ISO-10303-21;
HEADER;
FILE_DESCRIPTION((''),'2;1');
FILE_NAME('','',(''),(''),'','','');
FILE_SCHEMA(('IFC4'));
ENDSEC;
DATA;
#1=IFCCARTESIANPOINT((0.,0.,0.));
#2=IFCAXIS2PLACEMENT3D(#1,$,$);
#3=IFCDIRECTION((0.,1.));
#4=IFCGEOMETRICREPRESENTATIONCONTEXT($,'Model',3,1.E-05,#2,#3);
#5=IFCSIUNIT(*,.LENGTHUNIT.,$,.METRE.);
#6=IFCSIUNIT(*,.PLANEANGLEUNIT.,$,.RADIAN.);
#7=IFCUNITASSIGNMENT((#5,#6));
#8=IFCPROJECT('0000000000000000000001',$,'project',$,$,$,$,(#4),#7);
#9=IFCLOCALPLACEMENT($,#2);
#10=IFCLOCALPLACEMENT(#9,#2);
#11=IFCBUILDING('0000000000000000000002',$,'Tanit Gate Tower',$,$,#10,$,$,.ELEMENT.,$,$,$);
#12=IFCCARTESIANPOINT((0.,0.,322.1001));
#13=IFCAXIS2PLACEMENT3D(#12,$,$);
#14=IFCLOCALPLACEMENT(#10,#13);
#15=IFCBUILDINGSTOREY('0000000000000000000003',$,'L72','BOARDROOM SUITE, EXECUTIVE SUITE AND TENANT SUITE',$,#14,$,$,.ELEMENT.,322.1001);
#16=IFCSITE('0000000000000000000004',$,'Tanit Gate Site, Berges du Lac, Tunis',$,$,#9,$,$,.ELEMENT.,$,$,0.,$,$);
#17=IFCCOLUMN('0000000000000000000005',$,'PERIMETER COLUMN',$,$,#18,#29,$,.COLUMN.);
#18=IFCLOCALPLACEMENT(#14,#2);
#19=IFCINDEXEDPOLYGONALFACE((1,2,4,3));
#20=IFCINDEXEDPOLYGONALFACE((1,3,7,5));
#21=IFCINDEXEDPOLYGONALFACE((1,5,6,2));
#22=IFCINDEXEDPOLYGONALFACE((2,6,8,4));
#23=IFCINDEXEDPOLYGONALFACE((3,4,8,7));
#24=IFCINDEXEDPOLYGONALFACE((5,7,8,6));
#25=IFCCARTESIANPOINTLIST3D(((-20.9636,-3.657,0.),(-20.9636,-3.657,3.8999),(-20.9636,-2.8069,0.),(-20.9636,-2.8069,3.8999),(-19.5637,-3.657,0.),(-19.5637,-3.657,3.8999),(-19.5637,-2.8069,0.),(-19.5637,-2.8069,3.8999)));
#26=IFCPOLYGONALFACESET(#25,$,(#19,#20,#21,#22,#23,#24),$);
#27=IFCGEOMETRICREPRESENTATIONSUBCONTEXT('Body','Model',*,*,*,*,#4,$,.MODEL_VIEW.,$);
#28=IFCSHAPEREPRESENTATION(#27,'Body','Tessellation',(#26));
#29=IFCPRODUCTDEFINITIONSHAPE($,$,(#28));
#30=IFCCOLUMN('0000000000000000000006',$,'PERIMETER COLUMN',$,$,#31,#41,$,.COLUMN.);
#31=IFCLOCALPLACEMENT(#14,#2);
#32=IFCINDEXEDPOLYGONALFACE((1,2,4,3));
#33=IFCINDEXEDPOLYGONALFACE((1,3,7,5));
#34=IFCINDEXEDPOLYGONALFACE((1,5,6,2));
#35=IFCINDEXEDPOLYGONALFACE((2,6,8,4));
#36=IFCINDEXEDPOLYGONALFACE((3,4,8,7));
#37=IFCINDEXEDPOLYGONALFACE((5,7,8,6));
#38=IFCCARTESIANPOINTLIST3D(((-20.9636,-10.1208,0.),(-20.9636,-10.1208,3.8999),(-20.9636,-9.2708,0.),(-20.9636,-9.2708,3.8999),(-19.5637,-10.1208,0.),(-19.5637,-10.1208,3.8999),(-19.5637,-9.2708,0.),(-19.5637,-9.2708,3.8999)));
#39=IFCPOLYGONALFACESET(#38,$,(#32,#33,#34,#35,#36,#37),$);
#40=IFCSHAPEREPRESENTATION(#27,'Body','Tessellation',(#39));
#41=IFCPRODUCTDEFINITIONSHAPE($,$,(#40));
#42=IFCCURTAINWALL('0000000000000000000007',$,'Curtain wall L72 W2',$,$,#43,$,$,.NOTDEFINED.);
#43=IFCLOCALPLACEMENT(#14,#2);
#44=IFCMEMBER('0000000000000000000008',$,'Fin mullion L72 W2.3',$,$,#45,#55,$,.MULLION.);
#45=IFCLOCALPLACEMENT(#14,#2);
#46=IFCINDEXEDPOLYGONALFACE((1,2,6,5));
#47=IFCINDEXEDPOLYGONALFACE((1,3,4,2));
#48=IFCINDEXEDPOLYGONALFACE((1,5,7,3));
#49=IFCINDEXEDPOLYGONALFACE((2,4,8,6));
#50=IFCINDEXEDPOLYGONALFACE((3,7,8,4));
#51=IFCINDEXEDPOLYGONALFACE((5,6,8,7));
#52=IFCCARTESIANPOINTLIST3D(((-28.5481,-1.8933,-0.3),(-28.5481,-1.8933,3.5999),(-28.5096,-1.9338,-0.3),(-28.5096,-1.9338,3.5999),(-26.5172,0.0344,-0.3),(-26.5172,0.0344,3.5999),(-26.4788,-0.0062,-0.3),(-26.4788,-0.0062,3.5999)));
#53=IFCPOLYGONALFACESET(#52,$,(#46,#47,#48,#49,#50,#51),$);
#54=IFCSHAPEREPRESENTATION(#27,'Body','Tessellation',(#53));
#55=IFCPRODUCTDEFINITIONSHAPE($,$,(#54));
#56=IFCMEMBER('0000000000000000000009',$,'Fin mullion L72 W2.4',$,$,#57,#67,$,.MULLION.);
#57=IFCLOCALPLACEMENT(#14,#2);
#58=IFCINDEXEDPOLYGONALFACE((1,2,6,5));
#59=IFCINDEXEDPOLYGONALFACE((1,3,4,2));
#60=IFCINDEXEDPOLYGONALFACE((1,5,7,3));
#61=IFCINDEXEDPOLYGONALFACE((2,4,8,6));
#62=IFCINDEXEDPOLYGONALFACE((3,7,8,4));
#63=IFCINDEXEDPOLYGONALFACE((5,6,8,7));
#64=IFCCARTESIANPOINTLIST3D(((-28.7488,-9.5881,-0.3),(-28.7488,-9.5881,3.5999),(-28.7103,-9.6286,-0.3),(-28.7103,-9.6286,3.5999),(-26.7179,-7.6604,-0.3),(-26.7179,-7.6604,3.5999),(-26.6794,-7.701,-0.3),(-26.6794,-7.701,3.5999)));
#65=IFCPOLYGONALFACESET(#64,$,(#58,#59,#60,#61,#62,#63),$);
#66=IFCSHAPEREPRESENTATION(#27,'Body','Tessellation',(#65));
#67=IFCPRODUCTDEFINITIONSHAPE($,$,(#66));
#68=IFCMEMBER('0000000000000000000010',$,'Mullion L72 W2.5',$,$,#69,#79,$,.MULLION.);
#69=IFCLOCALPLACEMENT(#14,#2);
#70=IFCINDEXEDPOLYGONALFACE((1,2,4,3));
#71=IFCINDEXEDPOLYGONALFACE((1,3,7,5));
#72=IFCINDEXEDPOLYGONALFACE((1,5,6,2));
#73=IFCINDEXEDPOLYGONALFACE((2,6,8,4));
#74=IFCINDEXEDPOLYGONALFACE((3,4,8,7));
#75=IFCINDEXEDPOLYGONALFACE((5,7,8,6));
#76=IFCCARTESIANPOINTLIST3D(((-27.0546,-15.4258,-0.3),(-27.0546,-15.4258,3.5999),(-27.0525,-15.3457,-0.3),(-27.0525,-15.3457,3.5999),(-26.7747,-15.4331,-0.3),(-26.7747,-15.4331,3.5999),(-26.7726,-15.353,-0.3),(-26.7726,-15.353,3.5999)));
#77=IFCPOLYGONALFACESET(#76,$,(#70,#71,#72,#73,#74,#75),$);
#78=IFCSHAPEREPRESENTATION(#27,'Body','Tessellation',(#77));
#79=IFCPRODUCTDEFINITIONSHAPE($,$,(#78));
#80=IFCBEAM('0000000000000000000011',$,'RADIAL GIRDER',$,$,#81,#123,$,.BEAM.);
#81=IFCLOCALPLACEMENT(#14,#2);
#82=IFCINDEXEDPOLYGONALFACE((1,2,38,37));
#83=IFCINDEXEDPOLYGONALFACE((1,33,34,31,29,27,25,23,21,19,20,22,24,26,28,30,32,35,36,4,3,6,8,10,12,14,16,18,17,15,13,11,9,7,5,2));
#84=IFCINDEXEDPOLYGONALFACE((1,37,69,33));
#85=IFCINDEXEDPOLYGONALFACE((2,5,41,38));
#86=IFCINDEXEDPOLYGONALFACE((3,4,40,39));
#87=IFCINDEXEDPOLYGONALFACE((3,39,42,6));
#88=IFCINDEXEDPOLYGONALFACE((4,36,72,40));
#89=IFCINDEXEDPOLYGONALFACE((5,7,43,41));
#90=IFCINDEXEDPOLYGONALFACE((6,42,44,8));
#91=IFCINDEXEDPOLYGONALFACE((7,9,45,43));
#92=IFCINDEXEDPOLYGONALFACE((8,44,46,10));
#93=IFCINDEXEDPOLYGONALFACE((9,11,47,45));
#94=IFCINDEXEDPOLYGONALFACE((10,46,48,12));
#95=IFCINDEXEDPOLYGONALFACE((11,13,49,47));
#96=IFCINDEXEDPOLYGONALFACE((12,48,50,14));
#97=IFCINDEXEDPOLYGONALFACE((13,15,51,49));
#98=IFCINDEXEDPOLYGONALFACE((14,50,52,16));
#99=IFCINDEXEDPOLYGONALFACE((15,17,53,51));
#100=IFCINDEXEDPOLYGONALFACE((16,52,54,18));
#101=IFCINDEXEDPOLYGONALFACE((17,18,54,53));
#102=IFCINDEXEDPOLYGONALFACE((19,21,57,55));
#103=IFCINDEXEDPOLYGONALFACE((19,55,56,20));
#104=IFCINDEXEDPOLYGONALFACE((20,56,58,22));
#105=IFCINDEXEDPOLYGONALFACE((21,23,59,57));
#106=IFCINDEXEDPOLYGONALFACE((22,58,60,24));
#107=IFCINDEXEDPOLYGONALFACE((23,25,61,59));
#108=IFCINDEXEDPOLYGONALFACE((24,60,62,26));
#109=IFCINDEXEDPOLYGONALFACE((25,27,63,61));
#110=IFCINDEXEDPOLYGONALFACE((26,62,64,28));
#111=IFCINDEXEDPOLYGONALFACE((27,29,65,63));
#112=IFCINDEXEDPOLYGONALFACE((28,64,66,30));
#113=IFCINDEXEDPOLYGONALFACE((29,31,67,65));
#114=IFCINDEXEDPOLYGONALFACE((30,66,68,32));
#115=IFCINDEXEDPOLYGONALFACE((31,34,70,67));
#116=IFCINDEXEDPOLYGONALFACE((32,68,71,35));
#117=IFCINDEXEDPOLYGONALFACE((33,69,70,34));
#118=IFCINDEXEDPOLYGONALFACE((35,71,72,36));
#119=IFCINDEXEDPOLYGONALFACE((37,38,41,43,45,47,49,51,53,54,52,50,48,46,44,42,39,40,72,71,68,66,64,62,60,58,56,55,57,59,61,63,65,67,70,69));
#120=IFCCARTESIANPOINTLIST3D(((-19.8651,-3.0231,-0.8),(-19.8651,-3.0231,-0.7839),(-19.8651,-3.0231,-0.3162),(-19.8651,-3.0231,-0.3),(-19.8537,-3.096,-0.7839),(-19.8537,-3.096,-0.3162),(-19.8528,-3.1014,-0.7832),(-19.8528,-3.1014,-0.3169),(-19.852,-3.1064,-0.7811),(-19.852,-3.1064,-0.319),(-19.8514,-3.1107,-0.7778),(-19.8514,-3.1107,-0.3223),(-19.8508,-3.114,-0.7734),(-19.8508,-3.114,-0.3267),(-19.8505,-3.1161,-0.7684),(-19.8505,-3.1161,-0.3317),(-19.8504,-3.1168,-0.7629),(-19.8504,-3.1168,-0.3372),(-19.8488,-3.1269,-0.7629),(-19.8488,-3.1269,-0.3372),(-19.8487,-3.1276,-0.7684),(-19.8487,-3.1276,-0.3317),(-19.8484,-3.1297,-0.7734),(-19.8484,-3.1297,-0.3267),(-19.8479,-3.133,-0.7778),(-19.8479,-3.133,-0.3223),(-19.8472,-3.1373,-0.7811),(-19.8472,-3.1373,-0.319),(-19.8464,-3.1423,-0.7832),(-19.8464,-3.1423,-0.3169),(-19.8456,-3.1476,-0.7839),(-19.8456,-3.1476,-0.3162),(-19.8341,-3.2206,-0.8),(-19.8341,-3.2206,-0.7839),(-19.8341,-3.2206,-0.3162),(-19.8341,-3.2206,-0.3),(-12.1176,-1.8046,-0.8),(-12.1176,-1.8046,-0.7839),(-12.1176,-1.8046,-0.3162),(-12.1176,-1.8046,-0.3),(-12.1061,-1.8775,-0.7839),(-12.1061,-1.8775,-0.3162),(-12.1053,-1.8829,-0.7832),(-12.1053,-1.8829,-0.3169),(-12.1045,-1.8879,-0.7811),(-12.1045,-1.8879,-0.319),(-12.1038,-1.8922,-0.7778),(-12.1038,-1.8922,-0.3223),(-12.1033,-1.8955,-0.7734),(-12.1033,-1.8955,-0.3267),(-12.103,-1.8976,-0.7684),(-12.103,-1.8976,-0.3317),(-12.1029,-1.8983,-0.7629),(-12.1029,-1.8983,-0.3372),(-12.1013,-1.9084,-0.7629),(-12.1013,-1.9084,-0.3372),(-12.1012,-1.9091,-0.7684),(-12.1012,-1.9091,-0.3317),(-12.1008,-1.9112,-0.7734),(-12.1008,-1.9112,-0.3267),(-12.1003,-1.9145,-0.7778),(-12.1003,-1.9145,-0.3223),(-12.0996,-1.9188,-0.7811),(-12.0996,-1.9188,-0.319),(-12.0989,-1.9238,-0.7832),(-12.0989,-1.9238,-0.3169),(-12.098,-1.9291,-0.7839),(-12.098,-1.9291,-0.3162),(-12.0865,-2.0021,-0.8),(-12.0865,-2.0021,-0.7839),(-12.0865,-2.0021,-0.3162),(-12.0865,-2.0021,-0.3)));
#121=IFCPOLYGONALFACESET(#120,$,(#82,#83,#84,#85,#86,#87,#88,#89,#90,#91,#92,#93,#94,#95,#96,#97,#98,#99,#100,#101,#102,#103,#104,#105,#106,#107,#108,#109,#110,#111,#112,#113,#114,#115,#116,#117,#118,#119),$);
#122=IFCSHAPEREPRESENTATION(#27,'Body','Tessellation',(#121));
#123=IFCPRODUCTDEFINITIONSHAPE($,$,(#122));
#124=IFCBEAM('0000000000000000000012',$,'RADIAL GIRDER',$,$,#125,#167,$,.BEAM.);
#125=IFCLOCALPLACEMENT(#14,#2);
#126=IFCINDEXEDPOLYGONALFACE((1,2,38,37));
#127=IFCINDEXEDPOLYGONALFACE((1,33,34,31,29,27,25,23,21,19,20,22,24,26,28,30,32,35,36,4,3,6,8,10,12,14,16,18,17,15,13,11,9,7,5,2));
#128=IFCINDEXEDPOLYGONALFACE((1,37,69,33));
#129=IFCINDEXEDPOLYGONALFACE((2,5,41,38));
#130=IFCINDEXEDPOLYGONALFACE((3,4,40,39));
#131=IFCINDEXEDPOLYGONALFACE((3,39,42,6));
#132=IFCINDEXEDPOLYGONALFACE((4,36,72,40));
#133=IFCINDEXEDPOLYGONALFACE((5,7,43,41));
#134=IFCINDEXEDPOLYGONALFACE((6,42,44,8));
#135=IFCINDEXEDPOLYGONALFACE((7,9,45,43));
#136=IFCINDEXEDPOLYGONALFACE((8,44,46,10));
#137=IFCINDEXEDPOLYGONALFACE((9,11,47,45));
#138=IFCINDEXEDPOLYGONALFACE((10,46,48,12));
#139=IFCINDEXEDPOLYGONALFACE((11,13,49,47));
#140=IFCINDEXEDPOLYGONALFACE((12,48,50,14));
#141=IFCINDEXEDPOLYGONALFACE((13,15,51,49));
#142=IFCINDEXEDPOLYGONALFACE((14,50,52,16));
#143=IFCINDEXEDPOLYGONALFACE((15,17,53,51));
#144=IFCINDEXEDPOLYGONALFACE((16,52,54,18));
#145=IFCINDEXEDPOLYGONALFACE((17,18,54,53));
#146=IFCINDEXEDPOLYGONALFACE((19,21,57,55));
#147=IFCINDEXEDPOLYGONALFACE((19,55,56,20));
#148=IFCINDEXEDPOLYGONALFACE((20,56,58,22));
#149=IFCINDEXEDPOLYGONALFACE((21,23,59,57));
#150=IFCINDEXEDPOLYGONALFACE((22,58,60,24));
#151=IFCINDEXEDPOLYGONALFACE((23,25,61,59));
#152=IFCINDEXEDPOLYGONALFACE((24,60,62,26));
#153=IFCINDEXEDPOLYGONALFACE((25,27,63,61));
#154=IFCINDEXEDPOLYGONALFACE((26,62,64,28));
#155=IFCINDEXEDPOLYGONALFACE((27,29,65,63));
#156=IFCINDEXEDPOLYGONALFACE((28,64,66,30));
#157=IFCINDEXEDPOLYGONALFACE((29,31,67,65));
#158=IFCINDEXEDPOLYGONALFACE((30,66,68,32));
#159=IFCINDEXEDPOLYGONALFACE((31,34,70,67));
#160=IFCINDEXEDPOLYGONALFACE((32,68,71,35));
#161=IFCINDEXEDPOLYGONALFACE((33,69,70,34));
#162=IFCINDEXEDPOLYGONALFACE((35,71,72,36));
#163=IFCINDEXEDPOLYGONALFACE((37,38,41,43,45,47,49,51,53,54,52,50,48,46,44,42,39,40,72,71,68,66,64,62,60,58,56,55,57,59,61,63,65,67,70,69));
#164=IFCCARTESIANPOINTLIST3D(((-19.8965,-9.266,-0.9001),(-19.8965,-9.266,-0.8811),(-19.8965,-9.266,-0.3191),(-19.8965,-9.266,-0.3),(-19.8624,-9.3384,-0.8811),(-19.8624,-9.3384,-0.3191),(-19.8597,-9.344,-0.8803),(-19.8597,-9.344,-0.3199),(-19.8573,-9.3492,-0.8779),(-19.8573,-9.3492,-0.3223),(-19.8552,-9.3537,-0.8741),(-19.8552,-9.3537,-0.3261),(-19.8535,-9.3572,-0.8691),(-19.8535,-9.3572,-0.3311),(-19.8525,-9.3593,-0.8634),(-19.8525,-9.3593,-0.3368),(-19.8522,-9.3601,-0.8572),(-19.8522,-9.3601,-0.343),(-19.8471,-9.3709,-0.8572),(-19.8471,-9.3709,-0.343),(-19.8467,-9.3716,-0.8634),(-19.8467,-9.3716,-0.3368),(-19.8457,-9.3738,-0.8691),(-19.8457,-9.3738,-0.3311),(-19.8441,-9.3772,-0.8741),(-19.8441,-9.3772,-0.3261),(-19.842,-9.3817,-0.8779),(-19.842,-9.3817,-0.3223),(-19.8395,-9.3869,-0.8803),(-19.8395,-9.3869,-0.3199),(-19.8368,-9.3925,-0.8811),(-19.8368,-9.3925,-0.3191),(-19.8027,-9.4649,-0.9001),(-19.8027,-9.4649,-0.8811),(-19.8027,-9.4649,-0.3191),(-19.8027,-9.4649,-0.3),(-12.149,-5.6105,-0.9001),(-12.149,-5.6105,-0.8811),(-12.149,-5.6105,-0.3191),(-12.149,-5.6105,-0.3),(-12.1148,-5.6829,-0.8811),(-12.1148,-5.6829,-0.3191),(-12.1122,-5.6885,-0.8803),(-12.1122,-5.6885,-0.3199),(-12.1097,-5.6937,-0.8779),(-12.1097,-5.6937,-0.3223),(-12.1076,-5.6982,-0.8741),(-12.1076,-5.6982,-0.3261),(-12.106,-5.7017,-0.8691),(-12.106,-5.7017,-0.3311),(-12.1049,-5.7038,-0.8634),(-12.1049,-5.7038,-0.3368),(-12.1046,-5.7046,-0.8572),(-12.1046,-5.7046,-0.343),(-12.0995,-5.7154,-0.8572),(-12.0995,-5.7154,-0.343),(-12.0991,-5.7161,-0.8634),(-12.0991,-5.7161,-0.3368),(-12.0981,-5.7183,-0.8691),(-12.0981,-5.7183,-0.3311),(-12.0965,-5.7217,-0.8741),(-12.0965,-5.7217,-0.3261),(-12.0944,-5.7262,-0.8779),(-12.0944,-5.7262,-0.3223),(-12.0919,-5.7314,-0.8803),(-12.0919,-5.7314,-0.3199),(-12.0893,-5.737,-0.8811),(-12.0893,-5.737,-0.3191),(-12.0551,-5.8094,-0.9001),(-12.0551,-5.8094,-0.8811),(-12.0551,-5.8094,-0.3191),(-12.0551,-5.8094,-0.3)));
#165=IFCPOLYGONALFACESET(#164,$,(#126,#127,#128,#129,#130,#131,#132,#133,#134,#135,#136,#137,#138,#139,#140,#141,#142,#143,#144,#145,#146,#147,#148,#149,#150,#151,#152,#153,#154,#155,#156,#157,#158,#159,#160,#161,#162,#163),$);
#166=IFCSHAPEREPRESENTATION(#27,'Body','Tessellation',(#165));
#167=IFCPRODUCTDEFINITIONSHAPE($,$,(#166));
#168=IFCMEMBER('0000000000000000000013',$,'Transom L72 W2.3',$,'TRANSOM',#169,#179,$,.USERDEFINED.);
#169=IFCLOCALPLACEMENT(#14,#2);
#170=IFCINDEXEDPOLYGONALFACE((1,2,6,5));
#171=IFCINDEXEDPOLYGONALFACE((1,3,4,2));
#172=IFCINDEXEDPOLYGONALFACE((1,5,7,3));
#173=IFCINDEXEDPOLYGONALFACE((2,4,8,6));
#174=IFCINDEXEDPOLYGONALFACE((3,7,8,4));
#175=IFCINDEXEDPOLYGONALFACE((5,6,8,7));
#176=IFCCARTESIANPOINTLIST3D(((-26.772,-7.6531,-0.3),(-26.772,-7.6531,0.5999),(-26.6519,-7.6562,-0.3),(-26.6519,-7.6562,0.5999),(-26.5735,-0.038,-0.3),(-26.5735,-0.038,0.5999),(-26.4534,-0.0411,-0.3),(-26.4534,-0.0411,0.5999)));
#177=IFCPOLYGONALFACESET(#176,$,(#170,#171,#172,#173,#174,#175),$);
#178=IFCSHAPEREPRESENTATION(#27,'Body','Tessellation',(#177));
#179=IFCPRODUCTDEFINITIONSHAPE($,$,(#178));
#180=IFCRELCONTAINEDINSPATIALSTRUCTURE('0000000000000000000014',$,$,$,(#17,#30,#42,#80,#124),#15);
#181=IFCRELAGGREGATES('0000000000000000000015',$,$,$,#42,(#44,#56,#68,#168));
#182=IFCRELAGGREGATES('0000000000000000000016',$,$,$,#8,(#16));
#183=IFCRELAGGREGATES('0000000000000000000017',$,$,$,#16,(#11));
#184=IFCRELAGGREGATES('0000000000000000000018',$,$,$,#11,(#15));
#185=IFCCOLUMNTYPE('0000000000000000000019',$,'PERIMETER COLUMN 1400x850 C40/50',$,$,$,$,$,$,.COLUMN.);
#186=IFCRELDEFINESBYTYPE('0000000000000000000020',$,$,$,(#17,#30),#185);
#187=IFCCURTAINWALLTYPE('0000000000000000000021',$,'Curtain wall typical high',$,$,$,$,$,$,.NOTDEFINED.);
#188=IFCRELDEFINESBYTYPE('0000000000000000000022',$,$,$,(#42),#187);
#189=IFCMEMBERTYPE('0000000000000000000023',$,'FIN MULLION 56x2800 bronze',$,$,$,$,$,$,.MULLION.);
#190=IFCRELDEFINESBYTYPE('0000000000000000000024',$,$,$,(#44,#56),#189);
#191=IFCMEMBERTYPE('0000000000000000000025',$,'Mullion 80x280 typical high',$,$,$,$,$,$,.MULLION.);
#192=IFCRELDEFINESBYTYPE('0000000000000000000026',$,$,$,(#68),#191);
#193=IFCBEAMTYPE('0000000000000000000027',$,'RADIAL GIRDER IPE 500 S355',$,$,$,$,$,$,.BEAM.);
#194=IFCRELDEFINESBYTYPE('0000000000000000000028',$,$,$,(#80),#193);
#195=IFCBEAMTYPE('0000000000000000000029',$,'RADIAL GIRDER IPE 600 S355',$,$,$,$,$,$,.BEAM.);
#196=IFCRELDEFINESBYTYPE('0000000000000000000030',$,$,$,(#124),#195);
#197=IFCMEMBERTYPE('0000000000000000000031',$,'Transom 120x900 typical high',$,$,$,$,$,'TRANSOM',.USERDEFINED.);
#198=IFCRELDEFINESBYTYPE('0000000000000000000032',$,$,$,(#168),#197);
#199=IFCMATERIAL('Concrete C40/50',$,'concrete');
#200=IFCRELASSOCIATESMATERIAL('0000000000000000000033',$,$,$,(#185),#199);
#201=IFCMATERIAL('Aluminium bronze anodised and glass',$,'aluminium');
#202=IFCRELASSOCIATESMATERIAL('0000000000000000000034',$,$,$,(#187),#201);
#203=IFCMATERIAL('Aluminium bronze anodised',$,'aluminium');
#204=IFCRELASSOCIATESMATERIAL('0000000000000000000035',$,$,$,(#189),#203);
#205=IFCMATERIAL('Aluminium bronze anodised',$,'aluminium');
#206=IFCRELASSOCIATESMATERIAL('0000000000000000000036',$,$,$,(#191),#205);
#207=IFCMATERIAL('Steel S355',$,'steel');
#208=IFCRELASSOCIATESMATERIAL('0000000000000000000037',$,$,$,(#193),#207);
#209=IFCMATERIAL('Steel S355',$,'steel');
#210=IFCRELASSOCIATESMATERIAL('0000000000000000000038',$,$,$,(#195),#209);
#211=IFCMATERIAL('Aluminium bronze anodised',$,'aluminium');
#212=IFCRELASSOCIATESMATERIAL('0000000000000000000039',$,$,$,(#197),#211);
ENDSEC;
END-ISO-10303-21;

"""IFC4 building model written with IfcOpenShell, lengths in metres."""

from ifc_helpers import new_model, si_unit, direction, frame, origin, origin_2d, place, context, subcontext, project, spatial, rectangle, i_section, extrude, material, material_profile, profile_set, type_object, element, aggregate, save


model = new_model("IFC4")

# Units and contexts
model_context = context("Model", 3, precision=1e-05, world=origin(), true_north=direction((0.0, 1.0)))
body_context = subcontext(model_context, "Body", "Model", "MODEL_VIEW")
ifc_project = project(units=[si_unit("LENGTHUNIT", "METRE"), si_unit("PLANEANGLEUNIT", "RADIAN")], contexts=[model_context])

# Site, building, storey
site_placement = place(None, origin())
site = spatial("IfcSite", under=ifc_project, at=site_placement, Name="Tanit Gate Site, Berges du Lac, Tunis", CompositionType="ELEMENT", RefElevation=0.0)
building_placement = place(site_placement, origin())
building = spatial("IfcBuilding", under=site, at=building_placement, Name="Tanit Gate Tower", CompositionType="ELEMENT")
storey_placement = place(building_placement, frame((0.0, 0.0, 322.1001)))
storey = spatial("IfcBuildingStorey", under=building, at=storey_placement, Name="L72", Description="BOARDROOM SUITE, EXECUTIVE SUITE AND TENANT SUITE", CompositionType="ELEMENT", Elevation=322.1001)

# Columns
ifc_material_1 = material(Name="Concrete C40/50", Category="concrete")
ifc_material_profile_1 = material_profile(ifc_material_1, rectangle(XDim=1.3999, YDim=0.8501, at=origin_2d()), Name="RC 1400x850")
ifc_profile_set_1 = profile_set([ifc_material_profile_1], Name="Concrete C40/50")
column_type = type_object("IfcColumnType", Name="PERIMETER COLUMN 1400x850 C40/50", PredefinedType="COLUMN", material=ifc_profile_set_1)
for number, where, z_axis, x_axis, name in (
    (1, (-20.2637, -3.2319, 0.0), (0.0, 0.0, 1.0), (-1.0, 0.0, 0.0), "PERIMETER COLUMN"),
    (2, (-20.2637, -9.6958, 0.0), (0.0, 0.0, 1.0), (-1.0, 0.0, 0.0), "PERIMETER COLUMN"),
):
    element("IfcColumn", number, at=place(storey_placement, frame(where, z_axis=z_axis, x_axis=x_axis)), inside=storey, type_object=column_type, Name=name, PredefinedType="COLUMN", context=body_context, shape_type="SweptSolid", body=[
        extrude(rectangle(XDim=1.3999, YDim=0.8501, at=origin_2d()), origin(), (0.0, 0.0, 1.0), 3.8999),
    ])

# Curtain wall, members
ifc_material_2 = material(Name="Aluminium bronze anodised and glass", Category="aluminium")
curtain_wall_type = type_object("IfcCurtainWallType", Name="Curtain wall typical high", PredefinedType="NOTDEFINED", material=ifc_material_2)
curtain_wall_placement = place(storey_placement, origin())
curtain_wall = element("IfcCurtainWall", 3, at=curtain_wall_placement, inside=storey, type_object=curtain_wall_type, Name="Curtain wall L72 W2", PredefinedType="NOTDEFINED")
ifc_material_3 = material(Name="Aluminium bronze anodised", Category="aluminium")
ifc_material_profile_2 = material_profile(ifc_material_3, rectangle(XDim=2.8, YDim=0.0559, at=origin_2d()), Name="56x2800 bronze fin mullion")
ifc_profile_set_2 = profile_set([ifc_material_profile_2], Name="Aluminium bronze anodised")
member_type_1 = type_object("IfcMemberType", Name="FIN MULLION 56x2800 bronze", PredefinedType="MULLION", material=ifc_profile_set_2)
member_1_placement = place(storey_placement, frame((-27.5134, -0.9497, -0.3), z_axis=(0.0, 0.0, 1.0), x_axis=(0.725296, 0.688438, 0.0)))
member_1 = element("IfcMember", 4, at=member_1_placement, type_object=member_type_1, Name="Fin mullion L72 W2.3", PredefinedType="MULLION", context=body_context, shape_type="SweptSolid", body=[
    extrude(rectangle(XDim=2.8, YDim=0.0559, at=origin_2d()), origin(), (0.0, 0.0, 1.0), 3.8999),
])
member_2_placement = place(storey_placement, frame((-27.7141, -8.6445, -0.3), z_axis=(0.0, 0.0, 1.0), x_axis=(0.725296, 0.688438, 0.0)))
member_2 = element("IfcMember", 5, at=member_2_placement, type_object=member_type_1, Name="Fin mullion L72 W2.4", PredefinedType="MULLION", context=body_context, shape_type="SweptSolid", body=[
    extrude(rectangle(XDim=2.8, YDim=0.0559, at=origin_2d()), origin(), (0.0, 0.0, 1.0), 3.8999),
])
ifc_material_4 = material(Name="Aluminium bronze anodised", Category="aluminium")
ifc_material_profile_3 = material_profile(ifc_material_4, rectangle(XDim=0.28, YDim=0.0801, at=origin_2d()), Name="80x280 bronze mullion")
ifc_profile_set_3 = profile_set([ifc_material_profile_3], Name="Aluminium bronze anodised")
member_type_2 = type_object("IfcMemberType", Name="Mullion 80x280 typical high", PredefinedType="MULLION", material=ifc_profile_set_3)
member_3_placement = place(storey_placement, frame((-26.9136, -15.3894, -0.3), z_axis=(0.0, 0.0, 1.0), x_axis=(0.99966, -0.026063, 0.0)))
member_3 = element("IfcMember", 6, at=member_3_placement, type_object=member_type_2, Name="Mullion L72 W2.5", PredefinedType="MULLION", context=body_context, shape_type="SweptSolid", body=[
    extrude(rectangle(XDim=0.28, YDim=0.0801, at=origin_2d()), origin(), (0.0, 0.0, 1.0), 3.8999),
])

# Beams
ifc_material_5 = material(Name="Steel S355", Category="steel")
ifc_material_profile_4 = material_profile(ifc_material_5, i_section(OverallWidth=0.2, OverallDepth=0.5, WebThickness=0.0103, FlangeThickness=0.0161, FilletRadius=0.021, at=origin_2d()), Name="IPE 500")
ifc_profile_set_4 = profile_set([ifc_material_profile_4], Name="Steel S355")
beam_type_1 = type_object("IfcBeamType", Name="RADIAL GIRDER IPE 500 S355", PredefinedType="BEAM", material=ifc_profile_set_4)
beam_1_placement = place(storey_placement, frame((-19.8496, -3.1218, -0.55), z_axis=(0.987857, 0.155366, 0.0), x_axis=(-0.155366, 0.987857, 0.0)))
element("IfcBeam", 7, at=beam_1_placement, inside=storey, type_object=beam_type_1, Name="RADIAL GIRDER", PredefinedType="BEAM", context=body_context, shape_type="SweptSolid", body=[
    extrude(i_section(OverallWidth=0.2, OverallDepth=0.5, WebThickness=0.0103, FlangeThickness=0.0161, FilletRadius=0.021, at=origin_2d()), origin(), (0.0, 0.0, 1.0), 7.8428),
])
ifc_material_6 = material(Name="Steel S355", Category="steel")
ifc_material_profile_5 = material_profile(ifc_material_6, i_section(OverallWidth=0.22, OverallDepth=0.6001, WebThickness=0.012, FlangeThickness=0.019, FilletRadius=0.0239, at=origin_2d()), Name="IPE 600")
ifc_profile_set_5 = profile_set([ifc_material_profile_5], Name="Steel S355")
beam_type_2 = type_object("IfcBeamType", Name="RADIAL GIRDER IPE 600 S355", PredefinedType="BEAM", material=ifc_profile_set_5)
beam_2_placement = place(storey_placement, frame((-19.8496, -9.3655, -0.6001), z_axis=(0.904386, 0.426715, 0.0), x_axis=(-0.426715, 0.904386, 0.0)))
element("IfcBeam", 8, at=beam_2_placement, inside=storey, type_object=beam_type_2, Name="RADIAL GIRDER", PredefinedType="BEAM", context=body_context, shape_type="SweptSolid", body=[
    extrude(i_section(OverallWidth=0.22, OverallDepth=0.6001, WebThickness=0.012, FlangeThickness=0.019, FilletRadius=0.0239, at=origin_2d()), origin(), (0.0, 0.0, 1.0), 8.5667),
])

# Member
ifc_material_7 = material(Name="Aluminium bronze anodised", Category="aluminium")
ifc_material_profile_6 = material_profile(ifc_material_7, rectangle(XDim=0.1201, YDim=0.8999, at=origin_2d()), Name="120x900 bronze transom")
ifc_profile_set_6 = profile_set([ifc_material_profile_6], Name="Aluminium bronze anodised")
member_type_3 = type_object("IfcMemberType", Name="Transom 120x900 typical high", ElementType="TRANSOM", PredefinedType="USERDEFINED", material=ifc_profile_set_6)
member_4_placement = place(storey_placement, frame((-26.5134, -0.0396, 0.1499), z_axis=(-0.026056, -0.99966, 0.0), x_axis=(0.99966, -0.026056, 0.0)))
member_4 = element("IfcMember", 9, at=member_4_placement, type_object=member_type_3, Name="Transom L72 W2.3", ObjectType="TRANSOM", PredefinedType="USERDEFINED", context=body_context, shape_type="SweptSolid", body=[
    extrude(rectangle(XDim=0.1201, YDim=0.8999, at=origin_2d()), origin(), (0.0, 0.0, 1.0), 7.6177),
])

aggregate(curtain_wall, [member_1, member_2, member_3, member_4])

save(model, "model.ifc")
